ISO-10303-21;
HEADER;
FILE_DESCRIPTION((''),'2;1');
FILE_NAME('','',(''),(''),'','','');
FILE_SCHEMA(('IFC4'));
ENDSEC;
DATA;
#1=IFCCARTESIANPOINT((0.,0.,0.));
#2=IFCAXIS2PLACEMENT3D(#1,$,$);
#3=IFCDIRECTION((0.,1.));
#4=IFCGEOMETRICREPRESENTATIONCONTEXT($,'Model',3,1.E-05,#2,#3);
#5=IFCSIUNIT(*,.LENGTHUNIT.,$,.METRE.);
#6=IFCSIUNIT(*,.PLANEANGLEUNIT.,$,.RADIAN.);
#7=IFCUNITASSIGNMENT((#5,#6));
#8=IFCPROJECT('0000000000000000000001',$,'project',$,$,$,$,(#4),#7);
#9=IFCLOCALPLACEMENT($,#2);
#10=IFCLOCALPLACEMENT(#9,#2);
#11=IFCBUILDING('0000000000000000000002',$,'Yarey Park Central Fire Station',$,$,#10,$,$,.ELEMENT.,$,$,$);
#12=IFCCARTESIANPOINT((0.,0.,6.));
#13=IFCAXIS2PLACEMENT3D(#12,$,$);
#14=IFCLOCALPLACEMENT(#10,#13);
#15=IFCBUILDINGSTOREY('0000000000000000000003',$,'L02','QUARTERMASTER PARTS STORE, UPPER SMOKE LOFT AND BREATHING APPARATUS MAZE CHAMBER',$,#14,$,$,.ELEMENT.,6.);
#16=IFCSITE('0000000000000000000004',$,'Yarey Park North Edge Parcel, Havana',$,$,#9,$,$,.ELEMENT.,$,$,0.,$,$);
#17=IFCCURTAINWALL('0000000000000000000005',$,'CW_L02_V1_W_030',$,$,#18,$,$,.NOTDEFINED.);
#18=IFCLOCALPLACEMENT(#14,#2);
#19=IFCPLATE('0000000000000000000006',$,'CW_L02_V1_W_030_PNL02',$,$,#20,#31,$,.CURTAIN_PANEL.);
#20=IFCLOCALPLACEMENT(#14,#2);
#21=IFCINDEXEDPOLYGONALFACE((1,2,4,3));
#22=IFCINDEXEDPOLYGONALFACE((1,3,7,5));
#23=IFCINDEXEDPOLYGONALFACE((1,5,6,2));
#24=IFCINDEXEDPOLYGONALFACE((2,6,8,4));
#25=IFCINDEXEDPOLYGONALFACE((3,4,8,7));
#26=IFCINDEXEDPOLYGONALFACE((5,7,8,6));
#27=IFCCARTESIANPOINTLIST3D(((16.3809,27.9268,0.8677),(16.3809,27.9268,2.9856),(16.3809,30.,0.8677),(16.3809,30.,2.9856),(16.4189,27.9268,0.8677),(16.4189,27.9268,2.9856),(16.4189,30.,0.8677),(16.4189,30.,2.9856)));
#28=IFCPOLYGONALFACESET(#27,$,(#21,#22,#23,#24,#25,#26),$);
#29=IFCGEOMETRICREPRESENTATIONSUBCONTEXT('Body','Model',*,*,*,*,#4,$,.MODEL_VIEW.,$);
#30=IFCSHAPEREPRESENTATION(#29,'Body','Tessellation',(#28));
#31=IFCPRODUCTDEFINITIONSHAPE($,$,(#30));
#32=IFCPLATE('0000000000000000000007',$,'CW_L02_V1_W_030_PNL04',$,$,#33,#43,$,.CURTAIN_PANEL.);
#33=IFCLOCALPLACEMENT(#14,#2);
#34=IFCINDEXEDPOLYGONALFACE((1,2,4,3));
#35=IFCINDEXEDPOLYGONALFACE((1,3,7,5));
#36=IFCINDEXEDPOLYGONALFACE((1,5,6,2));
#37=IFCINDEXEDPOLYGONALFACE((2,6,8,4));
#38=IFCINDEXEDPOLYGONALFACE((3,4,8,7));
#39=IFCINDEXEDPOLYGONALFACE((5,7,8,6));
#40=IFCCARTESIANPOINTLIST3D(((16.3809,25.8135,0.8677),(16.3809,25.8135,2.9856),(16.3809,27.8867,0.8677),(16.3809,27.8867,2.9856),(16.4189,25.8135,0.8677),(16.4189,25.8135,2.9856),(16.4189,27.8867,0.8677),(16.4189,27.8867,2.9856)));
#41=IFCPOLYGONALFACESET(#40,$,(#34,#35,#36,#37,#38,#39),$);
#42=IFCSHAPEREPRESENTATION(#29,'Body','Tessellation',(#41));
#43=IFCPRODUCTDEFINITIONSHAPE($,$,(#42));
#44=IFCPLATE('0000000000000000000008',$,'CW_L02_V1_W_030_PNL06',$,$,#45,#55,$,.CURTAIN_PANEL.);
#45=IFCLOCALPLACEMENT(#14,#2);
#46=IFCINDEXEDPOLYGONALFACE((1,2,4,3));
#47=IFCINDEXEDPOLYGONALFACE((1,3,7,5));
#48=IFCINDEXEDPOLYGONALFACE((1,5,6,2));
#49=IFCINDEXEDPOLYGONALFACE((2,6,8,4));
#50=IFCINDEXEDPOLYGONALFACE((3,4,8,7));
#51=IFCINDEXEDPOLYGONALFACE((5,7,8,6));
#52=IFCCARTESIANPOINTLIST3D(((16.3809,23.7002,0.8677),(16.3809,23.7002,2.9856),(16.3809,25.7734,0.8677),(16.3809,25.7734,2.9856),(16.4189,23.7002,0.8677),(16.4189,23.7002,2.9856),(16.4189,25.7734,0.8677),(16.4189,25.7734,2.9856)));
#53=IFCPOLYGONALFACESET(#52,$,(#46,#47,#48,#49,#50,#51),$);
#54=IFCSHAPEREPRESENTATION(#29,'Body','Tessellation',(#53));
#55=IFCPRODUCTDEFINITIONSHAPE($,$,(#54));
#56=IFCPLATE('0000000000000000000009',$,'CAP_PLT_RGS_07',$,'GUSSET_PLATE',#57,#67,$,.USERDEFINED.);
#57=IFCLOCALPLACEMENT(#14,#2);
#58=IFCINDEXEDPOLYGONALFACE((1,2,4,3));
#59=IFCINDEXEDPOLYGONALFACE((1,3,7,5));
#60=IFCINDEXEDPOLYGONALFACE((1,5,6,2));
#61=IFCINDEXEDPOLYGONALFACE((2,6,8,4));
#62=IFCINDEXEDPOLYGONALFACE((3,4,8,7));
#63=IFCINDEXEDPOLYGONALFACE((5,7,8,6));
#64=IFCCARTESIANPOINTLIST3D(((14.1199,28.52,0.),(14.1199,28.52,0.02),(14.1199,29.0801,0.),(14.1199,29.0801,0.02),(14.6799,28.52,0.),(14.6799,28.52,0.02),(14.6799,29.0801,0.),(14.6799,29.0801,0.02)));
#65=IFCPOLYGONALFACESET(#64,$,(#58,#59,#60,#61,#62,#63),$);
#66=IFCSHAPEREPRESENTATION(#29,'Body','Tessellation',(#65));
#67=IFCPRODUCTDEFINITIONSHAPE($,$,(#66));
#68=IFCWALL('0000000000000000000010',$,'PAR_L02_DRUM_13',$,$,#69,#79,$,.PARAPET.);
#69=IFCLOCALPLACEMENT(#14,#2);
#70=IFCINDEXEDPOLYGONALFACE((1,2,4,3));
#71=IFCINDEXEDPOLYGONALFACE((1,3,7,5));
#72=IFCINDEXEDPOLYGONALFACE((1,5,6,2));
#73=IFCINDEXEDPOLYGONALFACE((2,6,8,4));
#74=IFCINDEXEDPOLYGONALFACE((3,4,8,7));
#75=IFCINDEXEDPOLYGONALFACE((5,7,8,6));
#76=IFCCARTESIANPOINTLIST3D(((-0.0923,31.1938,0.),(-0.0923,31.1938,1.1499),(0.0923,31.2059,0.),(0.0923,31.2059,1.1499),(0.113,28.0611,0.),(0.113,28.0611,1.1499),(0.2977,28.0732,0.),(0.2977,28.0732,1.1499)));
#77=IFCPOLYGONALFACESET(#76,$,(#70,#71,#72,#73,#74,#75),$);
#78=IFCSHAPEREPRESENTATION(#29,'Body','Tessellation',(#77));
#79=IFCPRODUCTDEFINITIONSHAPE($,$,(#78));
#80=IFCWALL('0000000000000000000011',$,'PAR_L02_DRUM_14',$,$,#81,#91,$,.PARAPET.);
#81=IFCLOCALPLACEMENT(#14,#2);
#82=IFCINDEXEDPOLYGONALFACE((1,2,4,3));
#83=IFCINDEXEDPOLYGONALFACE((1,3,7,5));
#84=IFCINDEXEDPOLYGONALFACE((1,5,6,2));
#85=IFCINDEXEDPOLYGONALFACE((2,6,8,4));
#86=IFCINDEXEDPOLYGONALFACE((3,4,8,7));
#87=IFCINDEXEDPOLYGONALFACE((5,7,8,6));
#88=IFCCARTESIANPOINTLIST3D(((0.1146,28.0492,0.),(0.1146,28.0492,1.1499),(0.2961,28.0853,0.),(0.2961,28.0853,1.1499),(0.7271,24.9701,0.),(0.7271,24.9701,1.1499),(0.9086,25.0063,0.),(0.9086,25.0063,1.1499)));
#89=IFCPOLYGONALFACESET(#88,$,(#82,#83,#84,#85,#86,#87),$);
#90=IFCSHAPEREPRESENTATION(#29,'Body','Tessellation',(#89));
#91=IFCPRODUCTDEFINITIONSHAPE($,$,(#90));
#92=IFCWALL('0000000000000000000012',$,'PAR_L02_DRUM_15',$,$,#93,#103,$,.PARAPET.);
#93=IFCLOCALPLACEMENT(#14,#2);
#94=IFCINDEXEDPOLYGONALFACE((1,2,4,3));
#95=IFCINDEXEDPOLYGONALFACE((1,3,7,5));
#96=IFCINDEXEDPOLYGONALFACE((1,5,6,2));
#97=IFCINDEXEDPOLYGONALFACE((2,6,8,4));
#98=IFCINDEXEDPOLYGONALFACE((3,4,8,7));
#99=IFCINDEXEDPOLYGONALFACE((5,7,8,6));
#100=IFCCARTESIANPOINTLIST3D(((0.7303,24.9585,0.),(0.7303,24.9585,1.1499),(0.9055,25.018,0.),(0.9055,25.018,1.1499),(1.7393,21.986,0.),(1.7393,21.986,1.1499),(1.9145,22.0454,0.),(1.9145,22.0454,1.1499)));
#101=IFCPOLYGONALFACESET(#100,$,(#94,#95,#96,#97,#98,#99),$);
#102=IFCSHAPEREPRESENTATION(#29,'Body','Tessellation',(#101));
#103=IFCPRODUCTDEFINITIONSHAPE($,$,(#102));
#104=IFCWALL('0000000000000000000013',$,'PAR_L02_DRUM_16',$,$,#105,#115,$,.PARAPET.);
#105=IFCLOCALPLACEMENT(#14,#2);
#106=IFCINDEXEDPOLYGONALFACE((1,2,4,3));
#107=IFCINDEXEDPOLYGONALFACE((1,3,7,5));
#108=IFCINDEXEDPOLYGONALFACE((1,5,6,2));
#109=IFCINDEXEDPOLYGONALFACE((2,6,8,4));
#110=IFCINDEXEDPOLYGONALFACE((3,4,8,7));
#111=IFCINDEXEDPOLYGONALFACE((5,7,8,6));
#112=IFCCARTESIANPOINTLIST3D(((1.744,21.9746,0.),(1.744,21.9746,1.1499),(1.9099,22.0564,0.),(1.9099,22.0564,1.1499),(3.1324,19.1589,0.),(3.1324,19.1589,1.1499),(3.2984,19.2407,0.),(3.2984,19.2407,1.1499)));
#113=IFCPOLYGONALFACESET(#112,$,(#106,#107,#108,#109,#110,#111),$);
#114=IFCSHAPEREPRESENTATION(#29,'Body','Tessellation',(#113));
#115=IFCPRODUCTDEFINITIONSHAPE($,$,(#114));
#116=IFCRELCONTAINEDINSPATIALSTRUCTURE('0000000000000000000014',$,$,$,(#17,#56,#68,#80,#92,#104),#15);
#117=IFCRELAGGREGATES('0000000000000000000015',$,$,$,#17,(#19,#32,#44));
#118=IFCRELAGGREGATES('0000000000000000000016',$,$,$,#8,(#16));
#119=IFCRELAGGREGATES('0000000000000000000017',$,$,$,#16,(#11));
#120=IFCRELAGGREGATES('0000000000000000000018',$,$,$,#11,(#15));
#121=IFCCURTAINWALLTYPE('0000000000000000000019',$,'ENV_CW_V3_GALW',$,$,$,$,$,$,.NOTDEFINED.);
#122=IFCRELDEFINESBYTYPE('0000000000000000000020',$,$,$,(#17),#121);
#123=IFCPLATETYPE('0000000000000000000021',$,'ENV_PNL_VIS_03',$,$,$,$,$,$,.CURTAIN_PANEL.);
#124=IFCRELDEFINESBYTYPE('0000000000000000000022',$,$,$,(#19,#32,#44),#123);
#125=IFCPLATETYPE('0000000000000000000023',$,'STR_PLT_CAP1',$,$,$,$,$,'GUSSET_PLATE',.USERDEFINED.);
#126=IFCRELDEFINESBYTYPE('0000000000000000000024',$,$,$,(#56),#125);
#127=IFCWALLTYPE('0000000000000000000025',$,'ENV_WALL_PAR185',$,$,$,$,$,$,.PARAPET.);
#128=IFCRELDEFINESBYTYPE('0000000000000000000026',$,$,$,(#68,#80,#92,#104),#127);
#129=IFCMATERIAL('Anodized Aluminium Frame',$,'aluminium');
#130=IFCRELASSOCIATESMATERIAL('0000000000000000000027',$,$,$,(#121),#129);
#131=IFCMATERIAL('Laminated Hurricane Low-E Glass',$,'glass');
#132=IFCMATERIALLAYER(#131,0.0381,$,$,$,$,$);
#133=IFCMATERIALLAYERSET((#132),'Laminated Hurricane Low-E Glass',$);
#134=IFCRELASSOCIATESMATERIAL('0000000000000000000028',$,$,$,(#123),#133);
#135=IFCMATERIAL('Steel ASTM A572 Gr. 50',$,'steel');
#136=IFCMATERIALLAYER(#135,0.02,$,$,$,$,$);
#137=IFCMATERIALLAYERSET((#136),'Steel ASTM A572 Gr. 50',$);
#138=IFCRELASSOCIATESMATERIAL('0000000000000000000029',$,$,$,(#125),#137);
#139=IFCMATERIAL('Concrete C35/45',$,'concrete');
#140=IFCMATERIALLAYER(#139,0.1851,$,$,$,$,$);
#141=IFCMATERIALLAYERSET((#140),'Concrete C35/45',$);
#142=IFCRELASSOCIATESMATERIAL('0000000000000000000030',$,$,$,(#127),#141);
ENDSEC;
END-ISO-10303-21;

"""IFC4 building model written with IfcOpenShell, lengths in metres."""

from ifc_helpers import new_model, si_unit, direction, frame, frame_2d, origin, origin_2d, place, context, subcontext, project, spatial, rectangle, extrude, material, layer, layer_set, type_object, element, aggregate, save


model = new_model("IFC4")

# Units and contexts
model_context = context("Model", 3, precision=1e-05, world=origin(), true_north=direction((0.0, 1.0)))
body_context = subcontext(model_context, "Body", "Model", "MODEL_VIEW")
ifc_project = project(units=[si_unit("LENGTHUNIT", "METRE"), si_unit("PLANEANGLEUNIT", "RADIAN")], contexts=[model_context])

# Site, building, storey
site_placement = place(None, origin())
site = spatial("IfcSite", under=ifc_project, at=site_placement, Name="Yarey Park North Edge Parcel, Havana", CompositionType="ELEMENT", RefElevation=0.0)
building_placement = place(site_placement, origin())
building = spatial("IfcBuilding", under=site, at=building_placement, Name="Yarey Park Central Fire Station", CompositionType="ELEMENT")
storey_placement = place(building_placement, frame((0.0, 0.0, 6.0)))
storey = spatial("IfcBuildingStorey", under=building, at=storey_placement, Name="L02", Description="QUARTERMASTER PARTS STORE, UPPER SMOKE LOFT AND BREATHING APPARATUS MAZE CHAMBER", CompositionType="ELEMENT", Elevation=6.0)

# Curtain wall
ifc_material_1 = material(Name="Anodized Aluminium Frame", Category="aluminium")
curtain_wall_type = type_object("IfcCurtainWallType", Name="ENV_CW_V3_GALW", PredefinedType="NOTDEFINED", material=ifc_material_1)
curtain_wall_1_placement = place(storey_placement, origin())
curtain_wall_1 = element("IfcCurtainWall", 1, at=curtain_wall_1_placement, inside=storey, type_object=curtain_wall_type, Name="CW_L02_V1_W_030", PredefinedType="NOTDEFINED")

# Plates
ifc_material_2 = material(Name="Laminated Hurricane Low-E Glass", Category="glass")
ifc_layer_1 = layer(ifc_material_2, 0.0381)
ifc_layer_set_1 = layer_set([ifc_layer_1], Name="Laminated Hurricane Low-E Glass")
plate_type_1 = type_object("IfcPlateType", Name="ENV_PNL_VIS_03", PredefinedType="CURTAIN_PANEL", material=ifc_layer_set_1)
plate_1_placement = place(storey_placement, frame((16.3999, 28.9634, 0.8677), z_axis=(0.0, 0.0, 1.0), x_axis=(0.0, -1.0, 0.0)))
plate_1 = element("IfcPlate", 2, at=plate_1_placement, type_object=plate_type_1, Name="CW_L02_V1_W_030_PNL02", PredefinedType="CURTAIN_PANEL", context=body_context, shape_type="SweptSolid", body=[
    extrude(rectangle(XDim=2.0732, YDim=0.0381, at=origin_2d()), origin(), (0.0, 0.0, 1.0), 2.1179),
])
plate_2_placement = place(storey_placement, frame((16.3999, 26.8501, 0.8677), z_axis=(0.0, 0.0, 1.0), x_axis=(0.0, -1.0, 0.0)))
plate_2 = element("IfcPlate", 3, at=plate_2_placement, type_object=plate_type_1, Name="CW_L02_V1_W_030_PNL04", PredefinedType="CURTAIN_PANEL", context=body_context, shape_type="SweptSolid", body=[
    extrude(rectangle(XDim=2.0732, YDim=0.0381, at=origin_2d()), origin(), (0.0, 0.0, 1.0), 2.1179),
])
plate_3_placement = place(storey_placement, frame((16.3999, 24.7368, 0.8677), z_axis=(0.0, 0.0, 1.0), x_axis=(0.0, -1.0, 0.0)))
plate_3 = element("IfcPlate", 4, at=plate_3_placement, type_object=plate_type_1, Name="CW_L02_V1_W_030_PNL06", PredefinedType="CURTAIN_PANEL", context=body_context, shape_type="SweptSolid", body=[
    extrude(rectangle(XDim=2.0732, YDim=0.0381, at=origin_2d()), origin(), (0.0, 0.0, 1.0), 2.1179),
])
aggregate(curtain_wall_1, [plate_1, plate_2, plate_3])
ifc_material_3 = material(Name="Steel ASTM A572 Gr. 50", Category="steel")
ifc_layer_2 = layer(ifc_material_3, 0.02)
ifc_layer_set_2 = layer_set([ifc_layer_2], Name="Steel ASTM A572 Gr. 50")
plate_type_2 = type_object("IfcPlateType", Name="STR_PLT_CAP1", ElementType="GUSSET_PLATE", PredefinedType="USERDEFINED", material=ifc_layer_set_2)
plate_4_placement = place(storey_placement, frame((14.3999, 28.8, 0.0), z_axis=(0.0, 0.0, 1.0), x_axis=(1.0, 0.0, 0.0)))
element("IfcPlate", 5, at=plate_4_placement, inside=storey, type_object=plate_type_2, Name="CAP_PLT_RGS_07", ObjectType="GUSSET_PLATE", PredefinedType="USERDEFINED", context=body_context, shape_type="SweptSolid", body=[
    extrude(rectangle(XDim=0.5601, YDim=0.5601, at=origin_2d()), origin(), (0.0, 0.0, 1.0), 0.02),
])

# Walls
ifc_material_4 = material(Name="Concrete C35/45", Category="concrete")
ifc_layer_3 = layer(ifc_material_4, 0.1851)
ifc_layer_set_3 = layer_set([ifc_layer_3], Name="Concrete C35/45")
wall_type = type_object("IfcWallType", Name="ENV_WALL_PAR185", PredefinedType="PARAPET", material=ifc_layer_set_3)
for number, where, z_axis, x_axis, name in (
    (6, (0.0, 31.2, 0.0), (0.0, 0.0, 1.0), (0.065404, -0.997859, 0.0), "PAR_L02_DRUM_13"),
    (7, (0.2053, 28.0674, 0.0), (0.0, 0.0, 1.0), (0.195114, -0.980781, 0.0), "PAR_L02_DRUM_14"),
):
    element("IfcWall", number, at=place(storey_placement, frame(where, z_axis=z_axis, x_axis=x_axis)), inside=storey, type_object=wall_type, Name=name, PredefinedType="PARAPET", context=body_context, shape_type="SweptSolid", body=[
        extrude(rectangle(XDim=3.1394, YDim=0.1851, at=frame_2d((1.5698, 0.0))), origin(), (0.0, 0.0, 1.0), 1.1499),
    ])
wall_1_placement = place(storey_placement, frame((0.8179, 24.9883, 0.0), z_axis=(0.0, 0.0, 1.0), x_axis=(0.321426, -0.946935, 0.0)))
element("IfcWall", 8, at=wall_1_placement, inside=storey, type_object=wall_type, Name="PAR_L02_DRUM_15", PredefinedType="PARAPET", context=body_context, shape_type="SweptSolid", body=[
    extrude(rectangle(XDim=3.1392, YDim=0.1851, at=frame_2d((1.5696, 0.0))), origin(), (0.0, 0.0, 1.0), 1.1499),
])
wall_2_placement = place(storey_placement, frame((1.8269, 22.0156, 0.0), z_axis=(0.0, 0.0, 1.0), x_axis=(0.442261, -0.896887, 0.0)))
element("IfcWall", 9, at=wall_2_placement, inside=storey, type_object=wall_type, Name="PAR_L02_DRUM_16", PredefinedType="PARAPET", context=body_context, shape_type="SweptSolid", body=[
    extrude(rectangle(XDim=3.1394, YDim=0.1851, at=frame_2d((1.5698, 0.0))), origin(), (0.0, 0.0, 1.0), 1.1499),
])

save(model, "model.ifc")
